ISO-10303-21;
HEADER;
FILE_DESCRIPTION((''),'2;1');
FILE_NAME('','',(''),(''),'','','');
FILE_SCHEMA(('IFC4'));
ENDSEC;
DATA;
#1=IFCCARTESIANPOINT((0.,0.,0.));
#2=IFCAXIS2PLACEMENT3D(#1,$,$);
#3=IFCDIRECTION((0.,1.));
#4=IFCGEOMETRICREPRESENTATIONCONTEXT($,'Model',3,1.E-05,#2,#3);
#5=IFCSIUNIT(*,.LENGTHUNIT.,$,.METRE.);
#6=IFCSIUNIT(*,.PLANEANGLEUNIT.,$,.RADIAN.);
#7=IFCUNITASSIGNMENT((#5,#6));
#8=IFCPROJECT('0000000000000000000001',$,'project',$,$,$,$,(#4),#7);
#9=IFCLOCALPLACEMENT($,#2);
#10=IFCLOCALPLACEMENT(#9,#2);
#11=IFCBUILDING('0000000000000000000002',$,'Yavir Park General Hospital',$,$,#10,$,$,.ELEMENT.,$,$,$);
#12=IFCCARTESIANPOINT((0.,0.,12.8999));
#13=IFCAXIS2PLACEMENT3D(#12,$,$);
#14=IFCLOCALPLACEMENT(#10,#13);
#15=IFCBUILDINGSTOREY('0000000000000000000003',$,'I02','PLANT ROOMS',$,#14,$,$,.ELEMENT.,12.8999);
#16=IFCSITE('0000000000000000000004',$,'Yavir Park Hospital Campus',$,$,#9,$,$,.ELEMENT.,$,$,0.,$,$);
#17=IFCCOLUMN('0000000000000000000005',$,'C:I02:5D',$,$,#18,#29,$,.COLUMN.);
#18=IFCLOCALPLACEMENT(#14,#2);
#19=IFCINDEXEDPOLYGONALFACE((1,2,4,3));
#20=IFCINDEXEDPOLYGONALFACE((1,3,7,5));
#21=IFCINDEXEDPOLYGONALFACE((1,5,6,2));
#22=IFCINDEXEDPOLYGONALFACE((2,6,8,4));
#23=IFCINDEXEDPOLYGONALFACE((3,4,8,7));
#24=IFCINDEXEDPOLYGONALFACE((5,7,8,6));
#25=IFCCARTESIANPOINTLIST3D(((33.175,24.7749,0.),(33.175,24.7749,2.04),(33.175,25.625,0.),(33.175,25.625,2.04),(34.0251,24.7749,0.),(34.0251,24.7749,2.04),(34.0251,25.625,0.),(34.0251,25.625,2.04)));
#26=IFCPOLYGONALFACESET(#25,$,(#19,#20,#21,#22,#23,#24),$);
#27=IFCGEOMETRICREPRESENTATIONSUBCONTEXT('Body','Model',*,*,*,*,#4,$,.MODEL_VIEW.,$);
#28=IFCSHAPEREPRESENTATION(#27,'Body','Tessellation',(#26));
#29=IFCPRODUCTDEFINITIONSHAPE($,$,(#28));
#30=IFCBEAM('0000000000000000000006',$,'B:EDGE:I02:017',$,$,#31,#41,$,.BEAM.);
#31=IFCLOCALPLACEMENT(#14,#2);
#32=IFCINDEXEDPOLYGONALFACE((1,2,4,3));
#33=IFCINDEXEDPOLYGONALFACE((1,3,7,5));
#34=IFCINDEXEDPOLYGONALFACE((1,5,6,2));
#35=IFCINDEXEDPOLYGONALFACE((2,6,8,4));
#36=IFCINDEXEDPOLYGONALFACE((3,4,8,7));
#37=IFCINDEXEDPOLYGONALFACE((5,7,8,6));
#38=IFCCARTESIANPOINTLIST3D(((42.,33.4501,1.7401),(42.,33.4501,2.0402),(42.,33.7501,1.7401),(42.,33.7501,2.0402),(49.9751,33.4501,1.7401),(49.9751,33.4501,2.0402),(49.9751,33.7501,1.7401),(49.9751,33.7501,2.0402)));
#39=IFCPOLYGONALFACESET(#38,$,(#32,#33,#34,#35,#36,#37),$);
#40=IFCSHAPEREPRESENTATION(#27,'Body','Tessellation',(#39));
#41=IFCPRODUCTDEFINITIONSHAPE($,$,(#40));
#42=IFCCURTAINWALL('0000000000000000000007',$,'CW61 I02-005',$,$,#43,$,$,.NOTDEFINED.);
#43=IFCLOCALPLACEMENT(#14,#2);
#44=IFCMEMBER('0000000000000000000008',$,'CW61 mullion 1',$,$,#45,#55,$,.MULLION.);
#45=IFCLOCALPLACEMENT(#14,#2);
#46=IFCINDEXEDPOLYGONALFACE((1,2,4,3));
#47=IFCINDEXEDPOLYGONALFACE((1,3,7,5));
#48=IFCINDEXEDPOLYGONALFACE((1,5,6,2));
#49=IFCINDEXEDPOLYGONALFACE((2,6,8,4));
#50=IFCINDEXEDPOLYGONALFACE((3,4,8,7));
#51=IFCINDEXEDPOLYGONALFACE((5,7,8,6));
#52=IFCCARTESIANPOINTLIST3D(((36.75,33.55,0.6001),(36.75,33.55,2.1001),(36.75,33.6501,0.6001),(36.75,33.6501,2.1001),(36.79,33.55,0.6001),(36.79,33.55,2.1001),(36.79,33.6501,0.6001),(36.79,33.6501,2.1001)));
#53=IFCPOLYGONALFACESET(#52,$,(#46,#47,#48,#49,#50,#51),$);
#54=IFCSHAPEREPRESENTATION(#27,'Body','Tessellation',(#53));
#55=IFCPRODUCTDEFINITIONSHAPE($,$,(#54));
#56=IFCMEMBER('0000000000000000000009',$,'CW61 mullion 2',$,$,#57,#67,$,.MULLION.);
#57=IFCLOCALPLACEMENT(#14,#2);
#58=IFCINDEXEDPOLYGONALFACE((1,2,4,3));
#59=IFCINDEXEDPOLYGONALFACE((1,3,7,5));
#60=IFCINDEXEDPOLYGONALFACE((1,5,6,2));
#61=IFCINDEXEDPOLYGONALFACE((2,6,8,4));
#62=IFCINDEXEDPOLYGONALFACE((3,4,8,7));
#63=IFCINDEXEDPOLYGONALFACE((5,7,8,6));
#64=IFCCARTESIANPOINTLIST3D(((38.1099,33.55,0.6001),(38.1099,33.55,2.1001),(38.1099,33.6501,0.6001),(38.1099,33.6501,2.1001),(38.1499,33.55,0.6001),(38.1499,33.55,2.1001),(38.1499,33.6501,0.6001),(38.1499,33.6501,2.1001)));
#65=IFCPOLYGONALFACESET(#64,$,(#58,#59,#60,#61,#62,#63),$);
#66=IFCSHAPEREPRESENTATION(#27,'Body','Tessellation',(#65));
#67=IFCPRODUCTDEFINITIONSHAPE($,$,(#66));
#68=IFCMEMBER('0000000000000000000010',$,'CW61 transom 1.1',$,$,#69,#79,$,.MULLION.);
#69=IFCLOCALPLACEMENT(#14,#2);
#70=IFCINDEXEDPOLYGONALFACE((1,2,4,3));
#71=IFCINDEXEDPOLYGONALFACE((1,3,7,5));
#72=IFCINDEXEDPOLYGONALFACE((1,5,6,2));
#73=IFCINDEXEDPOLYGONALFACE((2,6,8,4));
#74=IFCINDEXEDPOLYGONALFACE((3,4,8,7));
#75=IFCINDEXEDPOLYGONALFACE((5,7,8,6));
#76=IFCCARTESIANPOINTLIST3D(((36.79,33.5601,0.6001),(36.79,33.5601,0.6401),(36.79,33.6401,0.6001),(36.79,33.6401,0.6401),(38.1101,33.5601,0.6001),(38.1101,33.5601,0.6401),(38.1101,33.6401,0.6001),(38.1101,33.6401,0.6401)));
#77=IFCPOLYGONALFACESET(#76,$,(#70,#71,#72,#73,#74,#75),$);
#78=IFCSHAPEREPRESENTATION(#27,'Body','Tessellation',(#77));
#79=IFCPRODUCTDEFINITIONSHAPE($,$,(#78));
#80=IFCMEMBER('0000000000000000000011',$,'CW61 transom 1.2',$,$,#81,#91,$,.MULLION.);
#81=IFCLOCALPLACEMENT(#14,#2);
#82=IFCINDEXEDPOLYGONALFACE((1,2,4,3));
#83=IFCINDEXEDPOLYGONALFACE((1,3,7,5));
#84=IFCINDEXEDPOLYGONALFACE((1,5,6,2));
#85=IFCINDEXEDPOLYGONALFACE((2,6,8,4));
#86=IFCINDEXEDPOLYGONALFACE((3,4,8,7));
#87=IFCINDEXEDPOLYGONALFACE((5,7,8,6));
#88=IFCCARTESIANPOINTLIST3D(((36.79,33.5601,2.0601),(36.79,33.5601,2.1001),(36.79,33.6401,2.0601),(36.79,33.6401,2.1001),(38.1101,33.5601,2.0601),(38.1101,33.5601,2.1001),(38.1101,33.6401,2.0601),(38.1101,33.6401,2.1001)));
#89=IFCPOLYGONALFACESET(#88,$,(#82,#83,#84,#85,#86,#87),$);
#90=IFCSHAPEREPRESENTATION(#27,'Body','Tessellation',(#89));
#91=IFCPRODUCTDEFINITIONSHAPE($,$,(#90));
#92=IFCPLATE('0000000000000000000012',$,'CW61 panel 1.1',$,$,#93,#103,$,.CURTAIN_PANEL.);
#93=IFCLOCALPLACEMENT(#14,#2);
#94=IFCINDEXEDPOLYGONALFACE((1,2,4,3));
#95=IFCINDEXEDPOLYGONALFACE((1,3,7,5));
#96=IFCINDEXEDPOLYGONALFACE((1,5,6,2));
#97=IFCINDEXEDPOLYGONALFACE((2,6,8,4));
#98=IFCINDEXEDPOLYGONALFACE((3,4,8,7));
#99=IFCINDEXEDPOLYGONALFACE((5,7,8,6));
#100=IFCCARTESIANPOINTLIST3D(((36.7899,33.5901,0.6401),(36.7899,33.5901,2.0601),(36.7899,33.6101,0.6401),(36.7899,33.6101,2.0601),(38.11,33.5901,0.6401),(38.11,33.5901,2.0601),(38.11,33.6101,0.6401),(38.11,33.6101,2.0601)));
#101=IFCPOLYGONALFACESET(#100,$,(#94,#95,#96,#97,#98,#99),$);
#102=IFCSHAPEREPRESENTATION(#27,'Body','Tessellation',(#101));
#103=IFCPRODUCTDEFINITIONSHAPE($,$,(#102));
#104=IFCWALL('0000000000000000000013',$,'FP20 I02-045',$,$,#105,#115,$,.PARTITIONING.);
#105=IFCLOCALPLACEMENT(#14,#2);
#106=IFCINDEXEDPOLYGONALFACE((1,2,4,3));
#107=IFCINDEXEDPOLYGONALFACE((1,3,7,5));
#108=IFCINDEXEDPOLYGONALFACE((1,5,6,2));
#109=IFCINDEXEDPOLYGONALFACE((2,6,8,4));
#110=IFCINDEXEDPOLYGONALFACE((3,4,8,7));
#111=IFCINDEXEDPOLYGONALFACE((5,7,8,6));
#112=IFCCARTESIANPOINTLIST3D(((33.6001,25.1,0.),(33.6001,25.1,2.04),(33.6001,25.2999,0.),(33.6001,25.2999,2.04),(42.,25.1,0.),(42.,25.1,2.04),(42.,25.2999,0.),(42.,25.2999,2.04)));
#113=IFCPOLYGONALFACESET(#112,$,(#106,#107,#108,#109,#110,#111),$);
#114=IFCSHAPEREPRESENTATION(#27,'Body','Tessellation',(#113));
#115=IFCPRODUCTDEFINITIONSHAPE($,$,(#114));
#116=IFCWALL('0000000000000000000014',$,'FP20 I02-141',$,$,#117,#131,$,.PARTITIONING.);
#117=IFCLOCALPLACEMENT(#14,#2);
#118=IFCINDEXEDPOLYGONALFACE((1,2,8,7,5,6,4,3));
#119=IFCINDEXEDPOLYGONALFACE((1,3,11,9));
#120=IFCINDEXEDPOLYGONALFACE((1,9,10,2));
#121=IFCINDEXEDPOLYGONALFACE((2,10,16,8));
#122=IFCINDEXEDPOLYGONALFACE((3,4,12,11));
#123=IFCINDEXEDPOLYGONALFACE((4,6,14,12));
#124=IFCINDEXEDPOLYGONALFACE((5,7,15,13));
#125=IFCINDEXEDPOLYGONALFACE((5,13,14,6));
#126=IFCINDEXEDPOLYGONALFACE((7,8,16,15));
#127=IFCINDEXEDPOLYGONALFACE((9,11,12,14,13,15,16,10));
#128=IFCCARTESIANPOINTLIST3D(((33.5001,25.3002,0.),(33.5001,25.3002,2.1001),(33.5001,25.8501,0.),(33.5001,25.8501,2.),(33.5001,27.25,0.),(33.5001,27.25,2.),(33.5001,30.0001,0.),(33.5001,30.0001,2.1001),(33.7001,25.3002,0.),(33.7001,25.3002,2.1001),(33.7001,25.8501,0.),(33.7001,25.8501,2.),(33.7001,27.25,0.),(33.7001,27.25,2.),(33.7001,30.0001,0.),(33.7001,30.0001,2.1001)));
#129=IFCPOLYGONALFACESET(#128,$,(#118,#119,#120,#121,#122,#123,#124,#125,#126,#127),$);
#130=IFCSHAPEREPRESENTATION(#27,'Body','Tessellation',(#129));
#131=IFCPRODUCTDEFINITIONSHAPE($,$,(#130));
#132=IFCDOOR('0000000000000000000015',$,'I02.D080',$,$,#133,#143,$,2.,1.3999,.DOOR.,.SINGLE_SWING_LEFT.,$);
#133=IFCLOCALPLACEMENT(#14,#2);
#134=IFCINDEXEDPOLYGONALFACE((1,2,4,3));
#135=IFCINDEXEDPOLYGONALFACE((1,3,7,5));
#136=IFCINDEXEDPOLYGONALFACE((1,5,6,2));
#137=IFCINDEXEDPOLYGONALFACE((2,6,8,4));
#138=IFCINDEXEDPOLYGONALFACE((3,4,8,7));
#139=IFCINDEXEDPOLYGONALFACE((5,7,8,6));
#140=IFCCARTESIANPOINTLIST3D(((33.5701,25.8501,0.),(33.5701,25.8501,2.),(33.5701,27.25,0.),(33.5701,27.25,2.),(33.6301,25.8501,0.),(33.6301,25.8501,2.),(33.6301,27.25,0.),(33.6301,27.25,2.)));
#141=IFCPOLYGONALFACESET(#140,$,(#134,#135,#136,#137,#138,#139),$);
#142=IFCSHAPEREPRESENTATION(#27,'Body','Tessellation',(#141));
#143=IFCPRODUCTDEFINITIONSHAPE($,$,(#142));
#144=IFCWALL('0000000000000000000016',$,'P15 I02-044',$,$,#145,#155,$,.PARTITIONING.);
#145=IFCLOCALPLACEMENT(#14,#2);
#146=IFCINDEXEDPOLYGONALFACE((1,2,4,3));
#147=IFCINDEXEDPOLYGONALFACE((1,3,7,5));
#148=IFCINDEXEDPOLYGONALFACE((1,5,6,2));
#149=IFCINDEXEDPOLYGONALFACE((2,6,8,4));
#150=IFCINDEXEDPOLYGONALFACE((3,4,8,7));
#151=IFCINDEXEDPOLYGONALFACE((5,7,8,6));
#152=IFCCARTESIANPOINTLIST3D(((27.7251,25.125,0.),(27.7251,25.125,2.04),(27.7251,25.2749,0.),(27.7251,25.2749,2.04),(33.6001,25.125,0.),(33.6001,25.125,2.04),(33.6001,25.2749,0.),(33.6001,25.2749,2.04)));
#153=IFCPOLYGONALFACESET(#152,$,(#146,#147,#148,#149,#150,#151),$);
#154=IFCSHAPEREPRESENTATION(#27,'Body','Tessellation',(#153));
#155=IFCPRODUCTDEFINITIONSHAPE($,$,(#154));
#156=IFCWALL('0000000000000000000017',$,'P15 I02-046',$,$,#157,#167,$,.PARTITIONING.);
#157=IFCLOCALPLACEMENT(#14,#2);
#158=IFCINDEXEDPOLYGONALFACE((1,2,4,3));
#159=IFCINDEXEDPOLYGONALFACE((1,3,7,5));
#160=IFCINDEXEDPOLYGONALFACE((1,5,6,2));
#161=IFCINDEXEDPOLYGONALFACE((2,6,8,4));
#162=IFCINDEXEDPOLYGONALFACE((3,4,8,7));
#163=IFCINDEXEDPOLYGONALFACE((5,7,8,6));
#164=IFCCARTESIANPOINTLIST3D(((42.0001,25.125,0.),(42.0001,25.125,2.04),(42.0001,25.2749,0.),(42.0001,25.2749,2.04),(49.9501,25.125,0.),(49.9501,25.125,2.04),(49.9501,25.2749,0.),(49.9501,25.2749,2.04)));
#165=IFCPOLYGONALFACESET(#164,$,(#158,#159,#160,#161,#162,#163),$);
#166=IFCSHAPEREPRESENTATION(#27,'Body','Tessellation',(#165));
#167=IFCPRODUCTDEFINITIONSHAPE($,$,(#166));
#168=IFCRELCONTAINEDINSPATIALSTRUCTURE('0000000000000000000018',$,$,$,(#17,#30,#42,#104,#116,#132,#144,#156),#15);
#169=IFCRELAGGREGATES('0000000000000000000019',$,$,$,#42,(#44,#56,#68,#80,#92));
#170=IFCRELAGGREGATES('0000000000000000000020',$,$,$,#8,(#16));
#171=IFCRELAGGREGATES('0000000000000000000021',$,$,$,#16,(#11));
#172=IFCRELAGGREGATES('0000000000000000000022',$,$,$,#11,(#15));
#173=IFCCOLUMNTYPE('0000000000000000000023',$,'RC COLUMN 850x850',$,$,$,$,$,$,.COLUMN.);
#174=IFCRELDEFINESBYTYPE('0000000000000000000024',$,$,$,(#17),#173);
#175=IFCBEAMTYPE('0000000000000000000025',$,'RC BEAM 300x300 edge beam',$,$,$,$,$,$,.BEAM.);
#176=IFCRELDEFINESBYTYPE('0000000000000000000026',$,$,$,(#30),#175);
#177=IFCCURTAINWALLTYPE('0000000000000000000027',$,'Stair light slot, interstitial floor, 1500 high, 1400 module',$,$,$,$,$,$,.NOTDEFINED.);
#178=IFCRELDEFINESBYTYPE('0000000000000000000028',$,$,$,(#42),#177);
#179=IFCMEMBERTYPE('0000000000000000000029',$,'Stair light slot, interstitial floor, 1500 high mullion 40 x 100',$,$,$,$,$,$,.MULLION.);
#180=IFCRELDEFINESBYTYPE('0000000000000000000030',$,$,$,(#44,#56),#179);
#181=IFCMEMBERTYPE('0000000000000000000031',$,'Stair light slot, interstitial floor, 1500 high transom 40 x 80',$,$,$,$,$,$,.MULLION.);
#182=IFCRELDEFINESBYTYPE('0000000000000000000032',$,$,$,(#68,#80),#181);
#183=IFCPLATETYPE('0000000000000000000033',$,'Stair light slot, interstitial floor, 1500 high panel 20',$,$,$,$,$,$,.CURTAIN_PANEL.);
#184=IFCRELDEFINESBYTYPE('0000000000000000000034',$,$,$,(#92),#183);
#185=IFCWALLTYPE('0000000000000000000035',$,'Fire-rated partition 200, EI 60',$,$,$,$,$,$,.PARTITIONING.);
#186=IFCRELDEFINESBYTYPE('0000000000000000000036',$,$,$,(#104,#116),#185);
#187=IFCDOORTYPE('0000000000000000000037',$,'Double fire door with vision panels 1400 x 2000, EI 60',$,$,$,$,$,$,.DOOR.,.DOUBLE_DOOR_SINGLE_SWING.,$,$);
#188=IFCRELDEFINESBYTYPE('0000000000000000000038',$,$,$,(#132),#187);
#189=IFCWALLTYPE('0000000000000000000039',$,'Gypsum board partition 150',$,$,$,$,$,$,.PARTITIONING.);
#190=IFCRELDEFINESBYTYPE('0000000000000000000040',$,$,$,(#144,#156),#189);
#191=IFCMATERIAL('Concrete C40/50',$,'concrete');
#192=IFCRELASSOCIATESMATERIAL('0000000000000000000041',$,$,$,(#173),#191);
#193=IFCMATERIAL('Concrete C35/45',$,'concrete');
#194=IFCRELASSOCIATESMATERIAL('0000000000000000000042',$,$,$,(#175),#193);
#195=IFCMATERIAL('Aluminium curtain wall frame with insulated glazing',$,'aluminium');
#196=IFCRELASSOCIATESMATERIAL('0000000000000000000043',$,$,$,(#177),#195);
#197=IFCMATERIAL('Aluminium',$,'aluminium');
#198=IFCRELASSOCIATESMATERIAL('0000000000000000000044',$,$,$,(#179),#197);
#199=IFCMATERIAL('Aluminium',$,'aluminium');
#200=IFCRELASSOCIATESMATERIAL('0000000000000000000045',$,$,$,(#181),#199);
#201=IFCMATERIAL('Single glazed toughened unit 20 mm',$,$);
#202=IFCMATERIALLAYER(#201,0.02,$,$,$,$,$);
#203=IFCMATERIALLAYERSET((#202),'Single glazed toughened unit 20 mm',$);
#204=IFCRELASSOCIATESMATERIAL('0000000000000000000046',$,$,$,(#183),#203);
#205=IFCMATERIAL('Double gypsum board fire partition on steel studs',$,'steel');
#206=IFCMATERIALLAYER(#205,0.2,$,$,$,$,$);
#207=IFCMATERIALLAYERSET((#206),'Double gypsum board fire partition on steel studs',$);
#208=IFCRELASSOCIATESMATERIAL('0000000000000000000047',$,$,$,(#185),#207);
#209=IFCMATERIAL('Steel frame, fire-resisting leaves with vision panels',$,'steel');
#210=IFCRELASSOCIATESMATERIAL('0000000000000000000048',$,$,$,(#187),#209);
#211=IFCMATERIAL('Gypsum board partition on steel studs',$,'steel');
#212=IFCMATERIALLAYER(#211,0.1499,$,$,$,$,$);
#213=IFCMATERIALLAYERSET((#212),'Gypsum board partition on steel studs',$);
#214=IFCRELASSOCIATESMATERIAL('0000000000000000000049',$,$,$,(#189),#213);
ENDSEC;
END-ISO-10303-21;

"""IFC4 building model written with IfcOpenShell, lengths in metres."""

from ifc_helpers import new_model, si_unit, direction, frame, frame_2d, origin, origin_2d, place, context, subcontext, project, spatial, rectangle, extrude, material, layer, layer_set, material_profile, profile_set, type_object, element, fill, aggregate, save


model = new_model("IFC4")

# Units and contexts
model_context = context("Model", 3, precision=1e-05, world=origin(), true_north=direction((0.0, 1.0)))
body_context = subcontext(model_context, "Body", "Model", "MODEL_VIEW")
ifc_project = project(units=[si_unit("LENGTHUNIT", "METRE"), si_unit("PLANEANGLEUNIT", "RADIAN")], contexts=[model_context])

# Site, building, storey
site_placement = place(None, origin())
site = spatial("IfcSite", under=ifc_project, at=site_placement, Name="Yavir Park Hospital Campus", CompositionType="ELEMENT", RefElevation=0.0)
building_placement = place(site_placement, origin())
building = spatial("IfcBuilding", under=site, at=building_placement, Name="Yavir Park General Hospital", CompositionType="ELEMENT")
storey_placement = place(building_placement, frame((0.0, 0.0, 12.8999)))
storey = spatial("IfcBuildingStorey", under=building, at=storey_placement, Name="I02", Description="PLANT ROOMS", CompositionType="ELEMENT", Elevation=12.8999)

# Column
ifc_material_1 = material(Name="Concrete C40/50", Category="concrete")
ifc_material_profile_1 = material_profile(ifc_material_1, rectangle(XDim=0.8501, YDim=0.8501, at=origin_2d()), Name="RC850x850")
ifc_profile_set_1 = profile_set([ifc_material_profile_1], Name="Concrete C40/50")
column_type = type_object("IfcColumnType", Name="RC COLUMN 850x850", PredefinedType="COLUMN", material=ifc_profile_set_1)
column_placement = place(storey_placement, frame((33.6001, 25.2, 0.0), z_axis=(0.0, 0.0, 1.0), x_axis=(1.0, 0.0, 0.0)))
element("IfcColumn", 1, at=column_placement, inside=storey, type_object=column_type, Name="C:I02:5D", PredefinedType="COLUMN", context=body_context, shape_type="SweptSolid", body=[
    extrude(rectangle(XDim=0.8501, YDim=0.8501, at=origin_2d()), origin(), (0.0, 0.0, 1.0), 2.04),
])

# Beam
ifc_material_2 = material(Name="Concrete C35/45", Category="concrete")
ifc_material_profile_2 = material_profile(ifc_material_2, rectangle(XDim=0.3, YDim=0.3, at=origin_2d()), Name="RC300x300")
ifc_profile_set_2 = profile_set([ifc_material_profile_2], Name="Concrete C35/45")
beam_type = type_object("IfcBeamType", Name="RC BEAM 300x300 edge beam", PredefinedType="BEAM", material=ifc_profile_set_2)
beam_placement = place(storey_placement, frame((42.0, 33.6001, 1.8901), z_axis=(1.0, 0.0, 0.0), x_axis=(0.0, 1.0, 0.0)))
element("IfcBeam", 2, at=beam_placement, inside=storey, type_object=beam_type, Name="B:EDGE:I02:017", PredefinedType="BEAM", context=body_context, shape_type="SweptSolid", body=[
    extrude(rectangle(XDim=0.3, YDim=0.3, at=origin_2d()), origin(), (0.0, 0.0, 1.0), 7.9751),
])

# Curtain wall, members, plate
ifc_material_3 = material(Name="Aluminium curtain wall frame with insulated glazing", Category="aluminium")
curtain_wall_type = type_object("IfcCurtainWallType", Name="Stair light slot, interstitial floor, 1500 high, 1400 module", PredefinedType="NOTDEFINED", material=ifc_material_3)
curtain_wall_placement = place(storey_placement, origin())
curtain_wall = element("IfcCurtainWall", 3, at=curtain_wall_placement, inside=storey, type_object=curtain_wall_type, Name="CW61 I02-005", PredefinedType="NOTDEFINED")
ifc_material_4 = material(Name="Aluminium", Category="aluminium")
ifc_material_profile_3 = material_profile(ifc_material_4, rectangle(XDim=0.1001, YDim=0.04, at=origin_2d()), Name="AL 40x100")
ifc_profile_set_3 = profile_set([ifc_material_profile_3], Name="Aluminium")
member_type_1 = type_object("IfcMemberType", Name="Stair light slot, interstitial floor, 1500 high mullion 40 x 100", PredefinedType="MULLION", material=ifc_profile_set_3)
member_1_placement = place(storey_placement, frame((36.77, 33.6001, 0.6001), z_axis=(0.0, 0.0, 1.0), x_axis=(0.0, 1.0, 0.0)))
member_1 = element("IfcMember", 4, at=member_1_placement, type_object=member_type_1, Name="CW61 mullion 1", PredefinedType="MULLION", context=body_context, shape_type="SweptSolid", body=[
    extrude(rectangle(XDim=0.1001, YDim=0.04, at=origin_2d()), origin(), (0.0, 0.0, 1.0), 1.5),
])
member_2_placement = place(storey_placement, frame((38.1299, 33.6001, 0.6001), z_axis=(0.0, 0.0, 1.0), x_axis=(0.0, 1.0, 0.0)))
member_2 = element("IfcMember", 5, at=member_2_placement, type_object=member_type_1, Name="CW61 mullion 2", PredefinedType="MULLION", context=body_context, shape_type="SweptSolid", body=[
    extrude(rectangle(XDim=0.1001, YDim=0.04, at=origin_2d()), origin(), (0.0, 0.0, 1.0), 1.5),
])
ifc_material_5 = material(Name="Aluminium", Category="aluminium")
ifc_material_profile_4 = material_profile(ifc_material_5, rectangle(XDim=0.0801, YDim=0.04, at=origin_2d()), Name="AL 80x40")
ifc_profile_set_4 = profile_set([ifc_material_profile_4], Name="Aluminium")
member_type_2 = type_object("IfcMemberType", Name="Stair light slot, interstitial floor, 1500 high transom 40 x 80", PredefinedType="MULLION", material=ifc_profile_set_4)
member_3_placement = place(storey_placement, frame((36.79, 33.6001, 0.6201), z_axis=(1.0, 0.0, 0.0), x_axis=(0.0, 1.0, 0.0)))
member_3 = element("IfcMember", 6, at=member_3_placement, type_object=member_type_2, Name="CW61 transom 1.1", PredefinedType="MULLION", context=body_context, shape_type="SweptSolid", body=[
    extrude(rectangle(XDim=0.0801, YDim=0.04, at=origin_2d()), origin(), (0.0, 0.0, 1.0), 1.3201),
])
member_4_placement = place(storey_placement, frame((36.79, 33.6001, 2.0801), z_axis=(1.0, 0.0, 0.0), x_axis=(0.0, 1.0, 0.0)))
member_4 = element("IfcMember", 7, at=member_4_placement, type_object=member_type_2, Name="CW61 transom 1.2", PredefinedType="MULLION", context=body_context, shape_type="SweptSolid", body=[
    extrude(rectangle(XDim=0.0801, YDim=0.04, at=origin_2d()), origin(), (0.0, 0.0, 1.0), 1.3201),
])
ifc_material_6 = material(Name="Single glazed toughened unit 20 mm")
ifc_layer_1 = layer(ifc_material_6, 0.02)
ifc_layer_set_1 = layer_set([ifc_layer_1], Name="Single glazed toughened unit 20 mm")
plate_type = type_object("IfcPlateType", Name="Stair light slot, interstitial floor, 1500 high panel 20", PredefinedType="CURTAIN_PANEL", material=ifc_layer_set_1)
plate_placement = place(storey_placement, frame((37.45, 33.6001, 0.6401), z_axis=(0.0, 0.0, 1.0), x_axis=(1.0, 0.0, 0.0)))
plate = element("IfcPlate", 8, at=plate_placement, type_object=plate_type, Name="CW61 panel 1.1", PredefinedType="CURTAIN_PANEL", context=body_context, shape_type="SweptSolid", body=[
    extrude(rectangle(XDim=1.3201, YDim=0.02, at=origin_2d()), origin(), (0.0, 0.0, 1.0), 1.4199),
])
aggregate(curtain_wall, [member_1, member_2, member_3, member_4, plate])

# Wall
ifc_material_7 = material(Name="Double gypsum board fire partition on steel studs", Category="steel")
ifc_layer_2 = layer(ifc_material_7, 0.2)
ifc_layer_set_2 = layer_set([ifc_layer_2], Name="Double gypsum board fire partition on steel studs")
wall_type_1 = type_object("IfcWallType", Name="Fire-rated partition 200, EI 60", PredefinedType="PARTITIONING", material=ifc_layer_set_2)
wall_1_placement = place(storey_placement, frame((33.6001, 25.2, 0.0), z_axis=(0.0, 0.0, 1.0), x_axis=(1.0, 0.0, 0.0)))
element("IfcWall", 9, at=wall_1_placement, inside=storey, type_object=wall_type_1, Name="FP20 I02-045", PredefinedType="PARTITIONING", context=body_context, shape_type="SweptSolid", body=[
    extrude(rectangle(XDim=8.3999, YDim=0.2, at=frame_2d((4.2, 0.0))), origin(), (0.0, 0.0, 1.0), 2.04),
])

# Wall, opening, door
wall_2_placement = place(storey_placement, frame((33.6001, 25.3, 0.0), z_axis=(0.0, 0.0, 1.0), x_axis=(0.0, 1.0, 0.0)))
wall_2 = element("IfcWall", 10, at=wall_2_placement, inside=storey, type_object=wall_type_1, Name="FP20 I02-141", PredefinedType="PARTITIONING", context=body_context, shape_type="SweptSolid", body=[
    extrude(rectangle(XDim=4.7, YDim=0.2, at=frame_2d((2.3501, 0.0))), origin(), (0.0, 0.0, 1.0), 2.1001),
])
opening_1_placement = place(wall_2_placement, frame((0.55, 0.0, 0.0)))
opening_1 = element("IfcOpeningElement", 11, at=opening_1_placement, cuts=wall_2, PredefinedType="OPENING", context=body_context, shape_type="SweptSolid", body=[
    extrude(rectangle(XDim=1.3999, YDim=2.0, at=frame_2d((0.7, 1.0))), frame((0.0, 0.1099, 0.0), z_axis=(0.0, -1.0, 0.0), x_axis=(1.0, 0.0, 0.0)), (0.0, 0.0, 1.0), 0.22),
])
ifc_material_8 = material(Name="Steel frame, fire-resisting leaves with vision panels", Category="steel")
door_type_1 = type_object("IfcDoorType", Name="Double fire door with vision panels 1400 x 2000, EI 60", OperationType="DOUBLE_DOOR_SINGLE_SWING", PredefinedType="DOOR", material=ifc_material_8)
door_1_placement = place(opening_1_placement, origin())
door_1 = element("IfcDoor", 12, at=door_1_placement, inside=storey, type_object=door_type_1, Name="I02.D080", OperationType="SINGLE_SWING_LEFT", OverallHeight=2.0, OverallWidth=1.3999, PredefinedType="DOOR", context=body_context, shape_type="SweptSolid", body=[
    extrude(rectangle(XDim=1.3999, YDim=2.0, at=frame_2d((0.7, 1.0))), frame((0.0, 0.03, 0.0), z_axis=(0.0, -1.0, 0.0), x_axis=(1.0, 0.0, 0.0)), (0.0, 0.0, 1.0), 0.0601),
])
fill(opening_1, door_1)

# Walls
ifc_material_9 = material(Name="Gypsum board partition on steel studs", Category="steel")
ifc_layer_3 = layer(ifc_material_9, 0.1499)
ifc_layer_set_3 = layer_set([ifc_layer_3], Name="Gypsum board partition on steel studs")
wall_type_2 = type_object("IfcWallType", Name="Gypsum board partition 150", PredefinedType="PARTITIONING", material=ifc_layer_set_3)
wall_3_placement = place(storey_placement, frame((27.7251, 25.2, 0.0), z_axis=(0.0, 0.0, 1.0), x_axis=(1.0, 0.0, 0.0)))
element("IfcWall", 13, at=wall_3_placement, inside=storey, type_object=wall_type_2, Name="P15 I02-044", PredefinedType="PARTITIONING", context=body_context, shape_type="SweptSolid", body=[
    extrude(rectangle(XDim=5.875, YDim=0.1499, at=frame_2d((2.9375, 0.0))), origin(), (0.0, 0.0, 1.0), 2.04),
])
wall_4_placement = place(storey_placement, frame((42.0, 25.2, 0.0), z_axis=(0.0, 0.0, 1.0), x_axis=(1.0, 0.0, 0.0)))
element("IfcWall", 14, at=wall_4_placement, inside=storey, type_object=wall_type_2, Name="P15 I02-046", PredefinedType="PARTITIONING", context=body_context, shape_type="SweptSolid", body=[
    extrude(rectangle(XDim=7.95, YDim=0.1499, at=frame_2d((3.9751, 0.0))), origin(), (0.0, 0.0, 1.0), 2.04),
])

save(model, "model.ifc")
